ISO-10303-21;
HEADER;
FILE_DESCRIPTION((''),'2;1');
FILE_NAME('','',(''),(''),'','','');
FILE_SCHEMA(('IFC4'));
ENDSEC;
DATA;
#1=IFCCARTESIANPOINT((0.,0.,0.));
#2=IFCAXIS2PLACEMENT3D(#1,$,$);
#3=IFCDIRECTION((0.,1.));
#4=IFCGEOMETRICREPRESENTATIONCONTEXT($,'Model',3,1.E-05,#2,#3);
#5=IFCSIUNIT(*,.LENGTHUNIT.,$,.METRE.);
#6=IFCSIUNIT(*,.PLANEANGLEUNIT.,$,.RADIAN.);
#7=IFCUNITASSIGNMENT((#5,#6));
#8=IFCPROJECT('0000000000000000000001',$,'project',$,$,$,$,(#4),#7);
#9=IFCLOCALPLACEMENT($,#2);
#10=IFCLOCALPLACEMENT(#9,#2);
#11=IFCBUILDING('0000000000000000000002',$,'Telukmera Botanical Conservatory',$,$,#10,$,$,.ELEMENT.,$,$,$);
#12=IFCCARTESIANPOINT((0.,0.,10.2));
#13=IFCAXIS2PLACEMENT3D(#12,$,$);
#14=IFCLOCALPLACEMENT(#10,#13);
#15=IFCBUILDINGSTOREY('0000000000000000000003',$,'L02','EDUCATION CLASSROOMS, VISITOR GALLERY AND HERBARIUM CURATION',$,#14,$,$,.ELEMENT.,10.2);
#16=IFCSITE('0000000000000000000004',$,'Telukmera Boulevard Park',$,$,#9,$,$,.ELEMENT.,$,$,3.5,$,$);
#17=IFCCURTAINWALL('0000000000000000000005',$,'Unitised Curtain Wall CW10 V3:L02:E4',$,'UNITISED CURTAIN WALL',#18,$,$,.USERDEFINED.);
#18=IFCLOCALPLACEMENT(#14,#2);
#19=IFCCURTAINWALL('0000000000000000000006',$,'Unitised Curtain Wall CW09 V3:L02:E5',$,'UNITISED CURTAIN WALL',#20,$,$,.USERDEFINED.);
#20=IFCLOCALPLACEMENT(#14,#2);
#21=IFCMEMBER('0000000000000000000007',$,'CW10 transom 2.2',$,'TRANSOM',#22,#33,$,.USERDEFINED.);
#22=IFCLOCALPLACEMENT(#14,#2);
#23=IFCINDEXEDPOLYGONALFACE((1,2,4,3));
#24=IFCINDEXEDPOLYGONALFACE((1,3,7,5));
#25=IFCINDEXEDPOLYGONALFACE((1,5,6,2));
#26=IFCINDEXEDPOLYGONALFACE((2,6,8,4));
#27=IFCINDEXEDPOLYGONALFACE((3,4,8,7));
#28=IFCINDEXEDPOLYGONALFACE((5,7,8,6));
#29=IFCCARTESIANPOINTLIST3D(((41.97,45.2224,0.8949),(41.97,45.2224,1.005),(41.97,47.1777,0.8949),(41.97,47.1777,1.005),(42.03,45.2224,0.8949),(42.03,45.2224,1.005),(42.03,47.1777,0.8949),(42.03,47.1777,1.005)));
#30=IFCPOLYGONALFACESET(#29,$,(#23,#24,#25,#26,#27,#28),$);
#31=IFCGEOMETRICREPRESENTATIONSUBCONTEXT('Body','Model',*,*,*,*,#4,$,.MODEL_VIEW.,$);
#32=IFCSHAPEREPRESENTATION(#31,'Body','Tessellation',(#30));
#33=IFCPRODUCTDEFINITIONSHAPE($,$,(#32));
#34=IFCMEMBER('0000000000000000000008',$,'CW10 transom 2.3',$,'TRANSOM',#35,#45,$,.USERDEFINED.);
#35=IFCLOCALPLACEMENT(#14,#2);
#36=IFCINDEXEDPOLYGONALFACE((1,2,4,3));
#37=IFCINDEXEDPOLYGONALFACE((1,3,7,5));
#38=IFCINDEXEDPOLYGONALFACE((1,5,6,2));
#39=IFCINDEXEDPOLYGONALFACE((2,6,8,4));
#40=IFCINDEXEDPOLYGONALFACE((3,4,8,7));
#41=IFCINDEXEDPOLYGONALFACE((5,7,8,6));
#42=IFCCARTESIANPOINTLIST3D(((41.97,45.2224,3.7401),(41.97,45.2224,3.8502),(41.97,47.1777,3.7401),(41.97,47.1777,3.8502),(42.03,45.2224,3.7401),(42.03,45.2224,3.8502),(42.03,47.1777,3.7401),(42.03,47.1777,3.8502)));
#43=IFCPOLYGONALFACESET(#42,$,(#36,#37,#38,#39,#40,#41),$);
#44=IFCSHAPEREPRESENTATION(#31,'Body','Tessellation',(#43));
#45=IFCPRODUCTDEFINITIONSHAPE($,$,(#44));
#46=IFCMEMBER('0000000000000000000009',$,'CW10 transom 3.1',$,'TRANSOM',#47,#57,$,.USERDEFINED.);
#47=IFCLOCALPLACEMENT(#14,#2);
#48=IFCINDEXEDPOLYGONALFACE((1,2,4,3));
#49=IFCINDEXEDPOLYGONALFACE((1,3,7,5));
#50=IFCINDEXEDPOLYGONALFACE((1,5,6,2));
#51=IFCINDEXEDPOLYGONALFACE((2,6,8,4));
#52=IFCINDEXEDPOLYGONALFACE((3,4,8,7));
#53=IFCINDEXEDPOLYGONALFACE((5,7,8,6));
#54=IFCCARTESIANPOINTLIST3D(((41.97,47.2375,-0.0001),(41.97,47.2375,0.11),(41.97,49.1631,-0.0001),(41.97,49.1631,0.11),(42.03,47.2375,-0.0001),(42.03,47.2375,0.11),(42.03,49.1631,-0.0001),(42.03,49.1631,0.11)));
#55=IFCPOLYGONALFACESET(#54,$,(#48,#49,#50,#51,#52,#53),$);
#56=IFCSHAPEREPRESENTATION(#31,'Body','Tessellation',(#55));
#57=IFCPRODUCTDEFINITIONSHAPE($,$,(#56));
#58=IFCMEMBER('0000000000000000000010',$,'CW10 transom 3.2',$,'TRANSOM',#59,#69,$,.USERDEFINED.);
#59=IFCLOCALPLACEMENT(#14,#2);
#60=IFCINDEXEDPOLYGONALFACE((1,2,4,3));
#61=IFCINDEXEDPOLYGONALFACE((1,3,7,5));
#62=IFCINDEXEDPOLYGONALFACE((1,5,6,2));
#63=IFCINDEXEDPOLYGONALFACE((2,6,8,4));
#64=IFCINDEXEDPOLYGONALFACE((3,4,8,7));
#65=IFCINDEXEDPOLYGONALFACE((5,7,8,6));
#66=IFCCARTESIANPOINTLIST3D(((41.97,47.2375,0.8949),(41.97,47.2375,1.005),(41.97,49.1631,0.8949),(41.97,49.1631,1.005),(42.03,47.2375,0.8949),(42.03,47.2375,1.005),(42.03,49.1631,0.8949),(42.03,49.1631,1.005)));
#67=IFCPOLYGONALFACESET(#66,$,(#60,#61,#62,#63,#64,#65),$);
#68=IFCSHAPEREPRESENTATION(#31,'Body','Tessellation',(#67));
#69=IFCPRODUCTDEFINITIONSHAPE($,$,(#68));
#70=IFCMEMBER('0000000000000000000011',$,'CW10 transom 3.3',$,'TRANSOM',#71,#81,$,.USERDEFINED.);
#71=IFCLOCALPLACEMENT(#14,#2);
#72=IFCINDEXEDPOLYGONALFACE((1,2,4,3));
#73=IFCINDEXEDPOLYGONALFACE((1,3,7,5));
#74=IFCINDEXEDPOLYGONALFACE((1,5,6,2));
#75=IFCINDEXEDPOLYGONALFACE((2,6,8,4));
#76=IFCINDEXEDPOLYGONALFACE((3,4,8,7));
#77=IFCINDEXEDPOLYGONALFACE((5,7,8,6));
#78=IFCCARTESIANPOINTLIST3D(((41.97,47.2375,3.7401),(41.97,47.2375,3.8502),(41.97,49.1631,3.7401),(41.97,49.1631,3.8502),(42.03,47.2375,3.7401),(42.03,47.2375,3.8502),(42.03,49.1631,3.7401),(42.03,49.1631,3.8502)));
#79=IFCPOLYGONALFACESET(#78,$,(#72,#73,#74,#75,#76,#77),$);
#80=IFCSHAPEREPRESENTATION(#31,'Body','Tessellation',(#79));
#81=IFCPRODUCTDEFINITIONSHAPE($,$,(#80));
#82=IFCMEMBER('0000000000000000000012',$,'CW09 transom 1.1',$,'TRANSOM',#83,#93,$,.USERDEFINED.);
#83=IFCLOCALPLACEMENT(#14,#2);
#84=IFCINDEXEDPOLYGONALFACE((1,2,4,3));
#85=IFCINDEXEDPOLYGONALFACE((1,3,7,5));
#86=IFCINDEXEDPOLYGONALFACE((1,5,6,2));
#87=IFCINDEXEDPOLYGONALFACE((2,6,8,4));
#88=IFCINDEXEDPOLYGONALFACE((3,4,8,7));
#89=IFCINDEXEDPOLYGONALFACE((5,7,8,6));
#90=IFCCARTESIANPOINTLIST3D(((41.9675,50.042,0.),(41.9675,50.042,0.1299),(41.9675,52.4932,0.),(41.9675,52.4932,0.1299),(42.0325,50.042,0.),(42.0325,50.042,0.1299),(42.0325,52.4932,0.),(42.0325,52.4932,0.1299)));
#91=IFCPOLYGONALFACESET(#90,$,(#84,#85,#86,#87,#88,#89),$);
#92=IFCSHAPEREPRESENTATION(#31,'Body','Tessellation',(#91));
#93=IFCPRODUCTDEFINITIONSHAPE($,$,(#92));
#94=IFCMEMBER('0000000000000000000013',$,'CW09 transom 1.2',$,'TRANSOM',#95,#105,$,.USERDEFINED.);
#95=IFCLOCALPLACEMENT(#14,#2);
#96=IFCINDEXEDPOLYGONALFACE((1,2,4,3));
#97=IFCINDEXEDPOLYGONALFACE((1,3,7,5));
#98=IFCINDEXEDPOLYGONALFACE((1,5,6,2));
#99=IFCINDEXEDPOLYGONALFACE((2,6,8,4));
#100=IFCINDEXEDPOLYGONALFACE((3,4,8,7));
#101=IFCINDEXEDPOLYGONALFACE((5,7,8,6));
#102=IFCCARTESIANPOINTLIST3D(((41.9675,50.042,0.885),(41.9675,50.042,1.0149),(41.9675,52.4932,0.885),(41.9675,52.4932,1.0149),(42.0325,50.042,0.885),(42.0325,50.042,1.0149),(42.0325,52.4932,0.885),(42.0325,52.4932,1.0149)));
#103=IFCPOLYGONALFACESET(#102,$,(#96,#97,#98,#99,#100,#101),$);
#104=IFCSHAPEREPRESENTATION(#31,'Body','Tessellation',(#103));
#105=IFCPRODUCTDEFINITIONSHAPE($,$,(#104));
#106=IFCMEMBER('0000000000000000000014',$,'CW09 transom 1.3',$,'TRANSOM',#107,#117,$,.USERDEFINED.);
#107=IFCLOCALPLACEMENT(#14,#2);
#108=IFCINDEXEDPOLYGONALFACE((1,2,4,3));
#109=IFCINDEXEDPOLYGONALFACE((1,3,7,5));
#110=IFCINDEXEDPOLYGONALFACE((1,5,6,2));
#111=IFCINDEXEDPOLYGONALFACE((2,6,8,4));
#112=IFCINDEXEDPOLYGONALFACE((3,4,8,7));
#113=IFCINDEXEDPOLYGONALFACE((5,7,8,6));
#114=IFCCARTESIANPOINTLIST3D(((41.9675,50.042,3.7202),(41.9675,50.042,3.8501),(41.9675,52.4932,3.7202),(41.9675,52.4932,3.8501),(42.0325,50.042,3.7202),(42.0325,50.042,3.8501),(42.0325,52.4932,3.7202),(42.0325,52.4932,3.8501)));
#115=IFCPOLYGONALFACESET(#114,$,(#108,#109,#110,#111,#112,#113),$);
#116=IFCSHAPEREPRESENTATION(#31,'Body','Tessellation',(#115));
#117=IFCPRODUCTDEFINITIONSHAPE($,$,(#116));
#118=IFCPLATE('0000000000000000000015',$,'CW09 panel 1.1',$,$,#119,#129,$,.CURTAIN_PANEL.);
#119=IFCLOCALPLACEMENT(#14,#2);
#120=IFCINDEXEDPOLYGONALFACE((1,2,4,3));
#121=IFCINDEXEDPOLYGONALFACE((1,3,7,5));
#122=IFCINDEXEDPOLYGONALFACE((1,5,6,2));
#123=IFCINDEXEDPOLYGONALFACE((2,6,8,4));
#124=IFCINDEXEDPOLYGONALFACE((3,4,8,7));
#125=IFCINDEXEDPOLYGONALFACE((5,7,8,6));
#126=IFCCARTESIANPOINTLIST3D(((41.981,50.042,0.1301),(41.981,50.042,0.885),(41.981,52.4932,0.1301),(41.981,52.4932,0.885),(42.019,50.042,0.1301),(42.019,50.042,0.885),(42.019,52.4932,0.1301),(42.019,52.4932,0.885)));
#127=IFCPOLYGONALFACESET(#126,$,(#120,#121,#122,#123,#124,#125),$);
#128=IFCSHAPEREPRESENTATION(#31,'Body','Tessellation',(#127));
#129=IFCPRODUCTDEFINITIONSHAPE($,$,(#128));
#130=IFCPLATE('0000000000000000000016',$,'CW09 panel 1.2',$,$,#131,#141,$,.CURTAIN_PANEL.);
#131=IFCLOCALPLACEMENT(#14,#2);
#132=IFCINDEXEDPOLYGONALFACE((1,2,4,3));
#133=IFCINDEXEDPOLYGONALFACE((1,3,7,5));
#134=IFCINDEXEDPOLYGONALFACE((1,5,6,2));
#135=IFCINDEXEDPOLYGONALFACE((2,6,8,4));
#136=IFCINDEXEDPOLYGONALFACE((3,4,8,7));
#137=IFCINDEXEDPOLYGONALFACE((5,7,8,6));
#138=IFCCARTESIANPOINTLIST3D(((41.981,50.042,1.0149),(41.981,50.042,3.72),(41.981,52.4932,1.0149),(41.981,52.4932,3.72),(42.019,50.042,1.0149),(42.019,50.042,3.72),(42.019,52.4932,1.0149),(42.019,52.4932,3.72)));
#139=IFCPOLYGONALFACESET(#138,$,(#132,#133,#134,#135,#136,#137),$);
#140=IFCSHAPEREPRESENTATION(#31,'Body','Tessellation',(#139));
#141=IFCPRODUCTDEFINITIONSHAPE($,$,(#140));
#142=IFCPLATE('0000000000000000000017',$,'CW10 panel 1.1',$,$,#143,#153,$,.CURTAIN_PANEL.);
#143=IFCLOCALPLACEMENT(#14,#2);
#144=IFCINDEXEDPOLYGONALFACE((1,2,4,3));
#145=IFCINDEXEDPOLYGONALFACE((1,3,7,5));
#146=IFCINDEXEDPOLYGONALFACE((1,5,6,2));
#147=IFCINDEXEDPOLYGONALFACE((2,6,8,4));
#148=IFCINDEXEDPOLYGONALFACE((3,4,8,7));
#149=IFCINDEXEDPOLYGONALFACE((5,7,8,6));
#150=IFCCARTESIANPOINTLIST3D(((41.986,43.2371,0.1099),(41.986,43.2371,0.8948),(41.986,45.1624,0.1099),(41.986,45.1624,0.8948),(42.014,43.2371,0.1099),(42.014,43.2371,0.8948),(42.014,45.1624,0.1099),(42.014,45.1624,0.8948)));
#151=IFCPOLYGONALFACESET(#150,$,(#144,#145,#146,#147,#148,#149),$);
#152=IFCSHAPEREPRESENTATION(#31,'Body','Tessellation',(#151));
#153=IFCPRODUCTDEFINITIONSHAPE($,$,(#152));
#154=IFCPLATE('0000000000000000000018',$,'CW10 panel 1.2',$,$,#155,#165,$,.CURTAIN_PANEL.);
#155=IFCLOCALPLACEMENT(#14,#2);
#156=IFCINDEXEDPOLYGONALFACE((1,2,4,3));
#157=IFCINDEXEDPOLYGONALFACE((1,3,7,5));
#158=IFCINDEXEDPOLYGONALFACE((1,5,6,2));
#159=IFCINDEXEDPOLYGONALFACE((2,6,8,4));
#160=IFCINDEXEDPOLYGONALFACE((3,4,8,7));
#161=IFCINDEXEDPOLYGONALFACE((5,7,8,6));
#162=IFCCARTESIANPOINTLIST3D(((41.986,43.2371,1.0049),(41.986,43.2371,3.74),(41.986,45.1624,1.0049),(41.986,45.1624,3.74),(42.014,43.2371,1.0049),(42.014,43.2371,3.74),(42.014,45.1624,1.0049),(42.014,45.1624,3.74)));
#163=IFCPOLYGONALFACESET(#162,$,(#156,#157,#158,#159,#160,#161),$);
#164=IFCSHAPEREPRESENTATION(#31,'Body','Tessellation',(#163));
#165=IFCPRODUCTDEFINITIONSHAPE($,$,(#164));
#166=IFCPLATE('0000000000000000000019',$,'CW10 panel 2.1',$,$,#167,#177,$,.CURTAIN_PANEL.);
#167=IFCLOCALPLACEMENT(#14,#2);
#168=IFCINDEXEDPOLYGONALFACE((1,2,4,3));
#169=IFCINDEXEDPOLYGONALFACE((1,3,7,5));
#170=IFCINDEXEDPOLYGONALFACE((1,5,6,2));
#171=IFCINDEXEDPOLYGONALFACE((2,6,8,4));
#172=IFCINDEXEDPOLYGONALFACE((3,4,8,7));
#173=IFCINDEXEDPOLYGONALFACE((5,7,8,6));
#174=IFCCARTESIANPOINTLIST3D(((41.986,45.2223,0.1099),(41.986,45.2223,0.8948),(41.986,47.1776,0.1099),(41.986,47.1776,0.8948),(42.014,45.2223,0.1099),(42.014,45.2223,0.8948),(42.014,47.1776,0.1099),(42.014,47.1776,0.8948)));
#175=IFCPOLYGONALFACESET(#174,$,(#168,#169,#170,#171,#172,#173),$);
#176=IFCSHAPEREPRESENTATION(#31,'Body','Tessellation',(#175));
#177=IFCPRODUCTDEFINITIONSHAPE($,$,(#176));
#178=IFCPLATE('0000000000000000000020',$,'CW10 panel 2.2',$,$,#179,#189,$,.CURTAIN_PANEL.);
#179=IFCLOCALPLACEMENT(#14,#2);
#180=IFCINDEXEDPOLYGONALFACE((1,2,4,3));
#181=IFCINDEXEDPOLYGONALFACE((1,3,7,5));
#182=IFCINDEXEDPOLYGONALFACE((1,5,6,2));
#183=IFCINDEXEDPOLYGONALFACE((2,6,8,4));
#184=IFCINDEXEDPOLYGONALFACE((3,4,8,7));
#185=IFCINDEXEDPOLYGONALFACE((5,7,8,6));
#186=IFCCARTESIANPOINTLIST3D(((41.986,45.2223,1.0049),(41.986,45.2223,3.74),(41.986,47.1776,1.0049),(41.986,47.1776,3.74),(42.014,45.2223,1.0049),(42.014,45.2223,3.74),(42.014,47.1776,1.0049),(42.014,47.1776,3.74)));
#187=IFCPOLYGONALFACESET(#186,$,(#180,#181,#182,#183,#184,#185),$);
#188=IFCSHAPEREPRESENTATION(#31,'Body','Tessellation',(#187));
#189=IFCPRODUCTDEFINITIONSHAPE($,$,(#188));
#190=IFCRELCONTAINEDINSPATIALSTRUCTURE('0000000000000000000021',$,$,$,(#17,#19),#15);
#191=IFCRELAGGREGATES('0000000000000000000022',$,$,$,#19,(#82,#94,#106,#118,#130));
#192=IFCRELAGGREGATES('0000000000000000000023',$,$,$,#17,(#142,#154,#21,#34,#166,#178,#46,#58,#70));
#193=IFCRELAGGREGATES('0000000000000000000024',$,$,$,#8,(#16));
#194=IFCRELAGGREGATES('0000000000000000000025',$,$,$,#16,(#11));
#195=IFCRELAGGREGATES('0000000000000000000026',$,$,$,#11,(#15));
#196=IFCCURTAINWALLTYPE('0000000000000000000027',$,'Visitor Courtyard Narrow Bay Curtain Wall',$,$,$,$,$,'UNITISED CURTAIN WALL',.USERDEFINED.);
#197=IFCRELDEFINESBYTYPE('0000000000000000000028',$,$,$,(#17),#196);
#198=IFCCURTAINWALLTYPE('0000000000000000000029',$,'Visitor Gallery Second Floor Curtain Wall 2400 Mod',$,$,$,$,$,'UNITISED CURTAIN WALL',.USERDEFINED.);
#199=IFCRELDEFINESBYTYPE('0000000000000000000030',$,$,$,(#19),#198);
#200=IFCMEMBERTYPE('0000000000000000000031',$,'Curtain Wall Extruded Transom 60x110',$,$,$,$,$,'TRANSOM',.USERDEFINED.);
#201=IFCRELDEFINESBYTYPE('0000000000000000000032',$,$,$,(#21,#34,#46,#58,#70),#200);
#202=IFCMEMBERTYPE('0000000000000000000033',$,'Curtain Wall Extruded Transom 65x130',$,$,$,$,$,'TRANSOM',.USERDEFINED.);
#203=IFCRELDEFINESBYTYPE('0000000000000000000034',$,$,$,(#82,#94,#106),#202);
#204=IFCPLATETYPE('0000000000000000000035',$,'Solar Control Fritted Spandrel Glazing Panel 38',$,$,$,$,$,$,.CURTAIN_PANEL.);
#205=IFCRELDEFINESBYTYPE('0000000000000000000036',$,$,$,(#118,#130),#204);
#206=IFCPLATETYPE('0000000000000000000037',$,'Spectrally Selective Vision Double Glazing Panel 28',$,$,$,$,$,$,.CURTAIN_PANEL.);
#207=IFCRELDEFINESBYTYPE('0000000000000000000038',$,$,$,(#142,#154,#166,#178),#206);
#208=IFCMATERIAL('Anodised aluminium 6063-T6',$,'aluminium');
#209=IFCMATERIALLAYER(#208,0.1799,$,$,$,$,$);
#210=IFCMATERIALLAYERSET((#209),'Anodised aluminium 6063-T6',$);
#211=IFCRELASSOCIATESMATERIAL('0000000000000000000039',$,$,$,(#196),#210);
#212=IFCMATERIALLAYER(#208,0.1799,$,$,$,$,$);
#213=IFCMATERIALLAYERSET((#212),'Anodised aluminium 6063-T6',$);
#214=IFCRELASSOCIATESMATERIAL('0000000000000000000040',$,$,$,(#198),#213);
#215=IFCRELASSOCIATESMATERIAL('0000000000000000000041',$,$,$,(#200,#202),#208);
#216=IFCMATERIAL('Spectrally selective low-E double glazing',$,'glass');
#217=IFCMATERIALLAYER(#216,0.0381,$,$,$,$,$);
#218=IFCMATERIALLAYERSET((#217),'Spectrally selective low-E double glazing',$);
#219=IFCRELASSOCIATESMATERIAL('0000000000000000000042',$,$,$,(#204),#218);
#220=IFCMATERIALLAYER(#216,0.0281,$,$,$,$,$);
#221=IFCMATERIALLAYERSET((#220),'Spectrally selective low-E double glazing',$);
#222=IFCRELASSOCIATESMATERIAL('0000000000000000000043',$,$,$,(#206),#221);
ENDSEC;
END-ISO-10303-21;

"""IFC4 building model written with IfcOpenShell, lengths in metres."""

from ifc_helpers import new_model, si_unit, direction, frame, origin, origin_2d, place, context, subcontext, project, spatial, rectangle, extrude, material, layer, layer_set, material_profile, profile_set, type_object, element, aggregate, save


model = new_model("IFC4")

# Units and contexts
model_context = context("Model", 3, precision=1e-05, world=origin(), true_north=direction((0.0, 1.0)))
body_context = subcontext(model_context, "Body", "Model", "MODEL_VIEW")
ifc_project = project(units=[si_unit("LENGTHUNIT", "METRE"), si_unit("PLANEANGLEUNIT", "RADIAN")], contexts=[model_context])

# Site, building, storey
site_placement = place(None, origin())
site = spatial("IfcSite", under=ifc_project, at=site_placement, Name="Telukmera Boulevard Park", CompositionType="ELEMENT", RefElevation=3.5)
building_placement = place(site_placement, origin())
building = spatial("IfcBuilding", under=site, at=building_placement, Name="Telukmera Botanical Conservatory", CompositionType="ELEMENT")
storey_placement = place(building_placement, frame((0.0, 0.0, 10.2)))
storey = spatial("IfcBuildingStorey", under=building, at=storey_placement, Name="L02", Description="EDUCATION CLASSROOMS, VISITOR GALLERY AND HERBARIUM CURATION", CompositionType="ELEMENT", Elevation=10.2)

# Curtain wall
ifc_material_1 = material(Name="Anodised aluminium 6063-T6", Category="aluminium")
ifc_layer_1 = layer(ifc_material_1, 0.1799)
ifc_layer_set_1 = layer_set([ifc_layer_1], Name="Anodised aluminium 6063-T6")
curtain_wall_type_1 = type_object("IfcCurtainWallType", Name="Visitor Courtyard Narrow Bay Curtain Wall", ElementType="UNITISED CURTAIN WALL", PredefinedType="USERDEFINED", material=ifc_layer_set_1)
curtain_wall_1_placement = place(storey_placement, origin())
curtain_wall_1 = element("IfcCurtainWall", 1, at=curtain_wall_1_placement, inside=storey, type_object=curtain_wall_type_1, Name="Unitised Curtain Wall CW10 V3:L02:E4", ObjectType="UNITISED CURTAIN WALL", PredefinedType="USERDEFINED")

# Curtain wall
ifc_layer_2 = layer(ifc_material_1, 0.1799)
ifc_layer_set_2 = layer_set([ifc_layer_2], Name="Anodised aluminium 6063-T6")
curtain_wall_type_2 = type_object("IfcCurtainWallType", Name="Visitor Gallery Second Floor Curtain Wall 2400 Mod", ElementType="UNITISED CURTAIN WALL", PredefinedType="USERDEFINED", material=ifc_layer_set_2)
curtain_wall_2_placement = place(storey_placement, origin())
curtain_wall_2 = element("IfcCurtainWall", 2, at=curtain_wall_2_placement, inside=storey, type_object=curtain_wall_type_2, Name="Unitised Curtain Wall CW09 V3:L02:E5", ObjectType="UNITISED CURTAIN WALL", PredefinedType="USERDEFINED")

# Members
ifc_material_profile_1 = material_profile(ifc_material_1, rectangle(XDim=0.0601, YDim=0.1101, at=origin_2d()), Name="ALU TRAN 60x110")
ifc_profile_set_1 = profile_set([ifc_material_profile_1], Name="Anodised aluminium 6063-T6")
member_type_1 = type_object("IfcMemberType", Name="Curtain Wall Extruded Transom 60x110", ElementType="TRANSOM", PredefinedType="USERDEFINED", material=ifc_profile_set_1)
member_1_placement = place(storey_placement, frame((42.0, 45.2224, 0.95), z_axis=(0.0, 1.0, 0.0), x_axis=(-1.0, 0.0, 0.0)))
member_1 = element("IfcMember", 3, at=member_1_placement, type_object=member_type_1, Name="CW10 transom 2.2", ObjectType="TRANSOM", PredefinedType="USERDEFINED", context=body_context, shape_type="SweptSolid", body=[
    extrude(rectangle(XDim=0.0601, YDim=0.1101, at=origin_2d()), origin(), (0.0, 0.0, 1.0), 1.9553),
])
member_2_placement = place(storey_placement, frame((42.0, 45.2224, 3.7952), z_axis=(0.0, 1.0, 0.0), x_axis=(-1.0, 0.0, 0.0)))
member_2 = element("IfcMember", 4, at=member_2_placement, type_object=member_type_1, Name="CW10 transom 2.3", ObjectType="TRANSOM", PredefinedType="USERDEFINED", context=body_context, shape_type="SweptSolid", body=[
    extrude(rectangle(XDim=0.0601, YDim=0.1101, at=origin_2d()), origin(), (0.0, 0.0, 1.0), 1.9553),
])
member_3_placement = place(storey_placement, frame((42.0, 47.2375, 0.0549), z_axis=(0.0, 1.0, 0.0), x_axis=(-1.0, 0.0, 0.0)))
member_3 = element("IfcMember", 5, at=member_3_placement, type_object=member_type_1, Name="CW10 transom 3.1", ObjectType="TRANSOM", PredefinedType="USERDEFINED", context=body_context, shape_type="SweptSolid", body=[
    extrude(rectangle(XDim=0.0601, YDim=0.1101, at=origin_2d()), origin(), (0.0, 0.0, 1.0), 1.9255),
])
member_4_placement = place(storey_placement, frame((42.0, 47.2375, 0.95), z_axis=(0.0, 1.0, 0.0), x_axis=(-1.0, 0.0, 0.0)))
member_4 = element("IfcMember", 6, at=member_4_placement, type_object=member_type_1, Name="CW10 transom 3.2", ObjectType="TRANSOM", PredefinedType="USERDEFINED", context=body_context, shape_type="SweptSolid", body=[
    extrude(rectangle(XDim=0.0601, YDim=0.1101, at=origin_2d()), origin(), (0.0, 0.0, 1.0), 1.9255),
])
member_5_placement = place(storey_placement, frame((42.0, 47.2375, 3.7952), z_axis=(0.0, 1.0, 0.0), x_axis=(-1.0, 0.0, 0.0)))
member_5 = element("IfcMember", 7, at=member_5_placement, type_object=member_type_1, Name="CW10 transom 3.3", ObjectType="TRANSOM", PredefinedType="USERDEFINED", context=body_context, shape_type="SweptSolid", body=[
    extrude(rectangle(XDim=0.0601, YDim=0.1101, at=origin_2d()), origin(), (0.0, 0.0, 1.0), 1.9255),
])
ifc_material_profile_2 = material_profile(ifc_material_1, rectangle(XDim=0.0649, YDim=0.1299, at=origin_2d()), Name="ALU TRAN 65x130")
ifc_profile_set_2 = profile_set([ifc_material_profile_2], Name="Anodised aluminium 6063-T6")
member_type_2 = type_object("IfcMemberType", Name="Curtain Wall Extruded Transom 65x130", ElementType="TRANSOM", PredefinedType="USERDEFINED", material=ifc_profile_set_2)
member_6_placement = place(storey_placement, frame((42.0, 50.042, 0.0649), z_axis=(0.0, 1.0, 0.0), x_axis=(-1.0, 0.0, 0.0)))
member_6 = element("IfcMember", 8, at=member_6_placement, type_object=member_type_2, Name="CW09 transom 1.1", ObjectType="TRANSOM", PredefinedType="USERDEFINED", context=body_context, shape_type="SweptSolid", body=[
    extrude(rectangle(XDim=0.0649, YDim=0.1299, at=origin_2d()), origin(), (0.0, 0.0, 1.0), 2.4512),
])
member_7_placement = place(storey_placement, frame((42.0, 50.042, 0.95), z_axis=(0.0, 1.0, 0.0), x_axis=(-1.0, 0.0, 0.0)))
member_7 = element("IfcMember", 9, at=member_7_placement, type_object=member_type_2, Name="CW09 transom 1.2", ObjectType="TRANSOM", PredefinedType="USERDEFINED", context=body_context, shape_type="SweptSolid", body=[
    extrude(rectangle(XDim=0.0649, YDim=0.1299, at=origin_2d()), origin(), (0.0, 0.0, 1.0), 2.4512),
])
member_8_placement = place(storey_placement, frame((42.0, 50.042, 3.7852), z_axis=(0.0, 1.0, 0.0), x_axis=(-1.0, 0.0, 0.0)))
member_8 = element("IfcMember", 10, at=member_8_placement, type_object=member_type_2, Name="CW09 transom 1.3", ObjectType="TRANSOM", PredefinedType="USERDEFINED", context=body_context, shape_type="SweptSolid", body=[
    extrude(rectangle(XDim=0.0649, YDim=0.1299, at=origin_2d()), origin(), (0.0, 0.0, 1.0), 2.4512),
])

# Plates
ifc_material_2 = material(Name="Spectrally selective low-E double glazing", Category="glass")
ifc_layer_3 = layer(ifc_material_2, 0.0381)
ifc_layer_set_3 = layer_set([ifc_layer_3], Name="Spectrally selective low-E double glazing")
plate_type_1 = type_object("IfcPlateType", Name="Solar Control Fritted Spandrel Glazing Panel 38", PredefinedType="CURTAIN_PANEL", material=ifc_layer_set_3)
plate_1_placement = place(storey_placement, frame((42.0, 51.2676, 0.1301), z_axis=(0.0, 0.0, 1.0), x_axis=(0.0, 1.0, 0.0)))
plate_1 = element("IfcPlate", 11, at=plate_1_placement, type_object=plate_type_1, Name="CW09 panel 1.1", PredefinedType="CURTAIN_PANEL", context=body_context, shape_type="SweptSolid", body=[
    extrude(rectangle(XDim=2.4512, YDim=0.0381, at=origin_2d()), origin(), (0.0, 0.0, 1.0), 0.7549),
])
plate_2_placement = place(storey_placement, frame((42.0, 51.2676, 1.0149), z_axis=(0.0, 0.0, 1.0), x_axis=(0.0, 1.0, 0.0)))
plate_2 = element("IfcPlate", 12, at=plate_2_placement, type_object=plate_type_1, Name="CW09 panel 1.2", PredefinedType="CURTAIN_PANEL", context=body_context, shape_type="SweptSolid", body=[
    extrude(rectangle(XDim=2.4512, YDim=0.0381, at=origin_2d()), origin(), (0.0, 0.0, 1.0), 2.7051),
])
aggregate(curtain_wall_2, [member_6, member_7, member_8, plate_1, plate_2])
ifc_layer_4 = layer(ifc_material_2, 0.0281)
ifc_layer_set_4 = layer_set([ifc_layer_4], Name="Spectrally selective low-E double glazing")
plate_type_2 = type_object("IfcPlateType", Name="Spectrally Selective Vision Double Glazing Panel 28", PredefinedType="CURTAIN_PANEL", material=ifc_layer_set_4)
plate_3_placement = place(storey_placement, frame((42.0, 44.1997, 0.1099), z_axis=(0.0, 0.0, 1.0), x_axis=(0.0, 1.0, 0.0)))
plate_3 = element("IfcPlate", 13, at=plate_3_placement, type_object=plate_type_2, Name="CW10 panel 1.1", PredefinedType="CURTAIN_PANEL", context=body_context, shape_type="SweptSolid", body=[
    extrude(rectangle(XDim=1.9253, YDim=0.0281, at=origin_2d()), origin(), (0.0, 0.0, 1.0), 0.7849),
])
plate_4_placement = place(storey_placement, frame((42.0, 44.1997, 1.0049), z_axis=(0.0, 0.0, 1.0), x_axis=(0.0, 1.0, 0.0)))
plate_4 = element("IfcPlate", 14, at=plate_4_placement, type_object=plate_type_2, Name="CW10 panel 1.2", PredefinedType="CURTAIN_PANEL", context=body_context, shape_type="SweptSolid", body=[
    extrude(rectangle(XDim=1.9253, YDim=0.0281, at=origin_2d()), origin(), (0.0, 0.0, 1.0), 2.7351),
])
plate_5_placement = place(storey_placement, frame((42.0, 46.2, 0.1099), z_axis=(0.0, 0.0, 1.0), x_axis=(0.0, 1.0, 0.0)))
plate_5 = element("IfcPlate", 15, at=plate_5_placement, type_object=plate_type_2, Name="CW10 panel 2.1", PredefinedType="CURTAIN_PANEL", context=body_context, shape_type="SweptSolid", body=[
    extrude(rectangle(XDim=1.9553, YDim=0.0281, at=origin_2d()), origin(), (0.0, 0.0, 1.0), 0.7849),
])
plate_6_placement = place(storey_placement, frame((42.0, 46.2, 1.0049), z_axis=(0.0, 0.0, 1.0), x_axis=(0.0, 1.0, 0.0)))
plate_6 = element("IfcPlate", 16, at=plate_6_placement, type_object=plate_type_2, Name="CW10 panel 2.2", PredefinedType="CURTAIN_PANEL", context=body_context, shape_type="SweptSolid", body=[
    extrude(rectangle(XDim=1.9553, YDim=0.0281, at=origin_2d()), origin(), (0.0, 0.0, 1.0), 2.7351),
])
aggregate(curtain_wall_1, [plate_3, plate_4, member_1, member_2, plate_5, plate_6, member_3, member_4, member_5])

save(model, "model.ifc")
